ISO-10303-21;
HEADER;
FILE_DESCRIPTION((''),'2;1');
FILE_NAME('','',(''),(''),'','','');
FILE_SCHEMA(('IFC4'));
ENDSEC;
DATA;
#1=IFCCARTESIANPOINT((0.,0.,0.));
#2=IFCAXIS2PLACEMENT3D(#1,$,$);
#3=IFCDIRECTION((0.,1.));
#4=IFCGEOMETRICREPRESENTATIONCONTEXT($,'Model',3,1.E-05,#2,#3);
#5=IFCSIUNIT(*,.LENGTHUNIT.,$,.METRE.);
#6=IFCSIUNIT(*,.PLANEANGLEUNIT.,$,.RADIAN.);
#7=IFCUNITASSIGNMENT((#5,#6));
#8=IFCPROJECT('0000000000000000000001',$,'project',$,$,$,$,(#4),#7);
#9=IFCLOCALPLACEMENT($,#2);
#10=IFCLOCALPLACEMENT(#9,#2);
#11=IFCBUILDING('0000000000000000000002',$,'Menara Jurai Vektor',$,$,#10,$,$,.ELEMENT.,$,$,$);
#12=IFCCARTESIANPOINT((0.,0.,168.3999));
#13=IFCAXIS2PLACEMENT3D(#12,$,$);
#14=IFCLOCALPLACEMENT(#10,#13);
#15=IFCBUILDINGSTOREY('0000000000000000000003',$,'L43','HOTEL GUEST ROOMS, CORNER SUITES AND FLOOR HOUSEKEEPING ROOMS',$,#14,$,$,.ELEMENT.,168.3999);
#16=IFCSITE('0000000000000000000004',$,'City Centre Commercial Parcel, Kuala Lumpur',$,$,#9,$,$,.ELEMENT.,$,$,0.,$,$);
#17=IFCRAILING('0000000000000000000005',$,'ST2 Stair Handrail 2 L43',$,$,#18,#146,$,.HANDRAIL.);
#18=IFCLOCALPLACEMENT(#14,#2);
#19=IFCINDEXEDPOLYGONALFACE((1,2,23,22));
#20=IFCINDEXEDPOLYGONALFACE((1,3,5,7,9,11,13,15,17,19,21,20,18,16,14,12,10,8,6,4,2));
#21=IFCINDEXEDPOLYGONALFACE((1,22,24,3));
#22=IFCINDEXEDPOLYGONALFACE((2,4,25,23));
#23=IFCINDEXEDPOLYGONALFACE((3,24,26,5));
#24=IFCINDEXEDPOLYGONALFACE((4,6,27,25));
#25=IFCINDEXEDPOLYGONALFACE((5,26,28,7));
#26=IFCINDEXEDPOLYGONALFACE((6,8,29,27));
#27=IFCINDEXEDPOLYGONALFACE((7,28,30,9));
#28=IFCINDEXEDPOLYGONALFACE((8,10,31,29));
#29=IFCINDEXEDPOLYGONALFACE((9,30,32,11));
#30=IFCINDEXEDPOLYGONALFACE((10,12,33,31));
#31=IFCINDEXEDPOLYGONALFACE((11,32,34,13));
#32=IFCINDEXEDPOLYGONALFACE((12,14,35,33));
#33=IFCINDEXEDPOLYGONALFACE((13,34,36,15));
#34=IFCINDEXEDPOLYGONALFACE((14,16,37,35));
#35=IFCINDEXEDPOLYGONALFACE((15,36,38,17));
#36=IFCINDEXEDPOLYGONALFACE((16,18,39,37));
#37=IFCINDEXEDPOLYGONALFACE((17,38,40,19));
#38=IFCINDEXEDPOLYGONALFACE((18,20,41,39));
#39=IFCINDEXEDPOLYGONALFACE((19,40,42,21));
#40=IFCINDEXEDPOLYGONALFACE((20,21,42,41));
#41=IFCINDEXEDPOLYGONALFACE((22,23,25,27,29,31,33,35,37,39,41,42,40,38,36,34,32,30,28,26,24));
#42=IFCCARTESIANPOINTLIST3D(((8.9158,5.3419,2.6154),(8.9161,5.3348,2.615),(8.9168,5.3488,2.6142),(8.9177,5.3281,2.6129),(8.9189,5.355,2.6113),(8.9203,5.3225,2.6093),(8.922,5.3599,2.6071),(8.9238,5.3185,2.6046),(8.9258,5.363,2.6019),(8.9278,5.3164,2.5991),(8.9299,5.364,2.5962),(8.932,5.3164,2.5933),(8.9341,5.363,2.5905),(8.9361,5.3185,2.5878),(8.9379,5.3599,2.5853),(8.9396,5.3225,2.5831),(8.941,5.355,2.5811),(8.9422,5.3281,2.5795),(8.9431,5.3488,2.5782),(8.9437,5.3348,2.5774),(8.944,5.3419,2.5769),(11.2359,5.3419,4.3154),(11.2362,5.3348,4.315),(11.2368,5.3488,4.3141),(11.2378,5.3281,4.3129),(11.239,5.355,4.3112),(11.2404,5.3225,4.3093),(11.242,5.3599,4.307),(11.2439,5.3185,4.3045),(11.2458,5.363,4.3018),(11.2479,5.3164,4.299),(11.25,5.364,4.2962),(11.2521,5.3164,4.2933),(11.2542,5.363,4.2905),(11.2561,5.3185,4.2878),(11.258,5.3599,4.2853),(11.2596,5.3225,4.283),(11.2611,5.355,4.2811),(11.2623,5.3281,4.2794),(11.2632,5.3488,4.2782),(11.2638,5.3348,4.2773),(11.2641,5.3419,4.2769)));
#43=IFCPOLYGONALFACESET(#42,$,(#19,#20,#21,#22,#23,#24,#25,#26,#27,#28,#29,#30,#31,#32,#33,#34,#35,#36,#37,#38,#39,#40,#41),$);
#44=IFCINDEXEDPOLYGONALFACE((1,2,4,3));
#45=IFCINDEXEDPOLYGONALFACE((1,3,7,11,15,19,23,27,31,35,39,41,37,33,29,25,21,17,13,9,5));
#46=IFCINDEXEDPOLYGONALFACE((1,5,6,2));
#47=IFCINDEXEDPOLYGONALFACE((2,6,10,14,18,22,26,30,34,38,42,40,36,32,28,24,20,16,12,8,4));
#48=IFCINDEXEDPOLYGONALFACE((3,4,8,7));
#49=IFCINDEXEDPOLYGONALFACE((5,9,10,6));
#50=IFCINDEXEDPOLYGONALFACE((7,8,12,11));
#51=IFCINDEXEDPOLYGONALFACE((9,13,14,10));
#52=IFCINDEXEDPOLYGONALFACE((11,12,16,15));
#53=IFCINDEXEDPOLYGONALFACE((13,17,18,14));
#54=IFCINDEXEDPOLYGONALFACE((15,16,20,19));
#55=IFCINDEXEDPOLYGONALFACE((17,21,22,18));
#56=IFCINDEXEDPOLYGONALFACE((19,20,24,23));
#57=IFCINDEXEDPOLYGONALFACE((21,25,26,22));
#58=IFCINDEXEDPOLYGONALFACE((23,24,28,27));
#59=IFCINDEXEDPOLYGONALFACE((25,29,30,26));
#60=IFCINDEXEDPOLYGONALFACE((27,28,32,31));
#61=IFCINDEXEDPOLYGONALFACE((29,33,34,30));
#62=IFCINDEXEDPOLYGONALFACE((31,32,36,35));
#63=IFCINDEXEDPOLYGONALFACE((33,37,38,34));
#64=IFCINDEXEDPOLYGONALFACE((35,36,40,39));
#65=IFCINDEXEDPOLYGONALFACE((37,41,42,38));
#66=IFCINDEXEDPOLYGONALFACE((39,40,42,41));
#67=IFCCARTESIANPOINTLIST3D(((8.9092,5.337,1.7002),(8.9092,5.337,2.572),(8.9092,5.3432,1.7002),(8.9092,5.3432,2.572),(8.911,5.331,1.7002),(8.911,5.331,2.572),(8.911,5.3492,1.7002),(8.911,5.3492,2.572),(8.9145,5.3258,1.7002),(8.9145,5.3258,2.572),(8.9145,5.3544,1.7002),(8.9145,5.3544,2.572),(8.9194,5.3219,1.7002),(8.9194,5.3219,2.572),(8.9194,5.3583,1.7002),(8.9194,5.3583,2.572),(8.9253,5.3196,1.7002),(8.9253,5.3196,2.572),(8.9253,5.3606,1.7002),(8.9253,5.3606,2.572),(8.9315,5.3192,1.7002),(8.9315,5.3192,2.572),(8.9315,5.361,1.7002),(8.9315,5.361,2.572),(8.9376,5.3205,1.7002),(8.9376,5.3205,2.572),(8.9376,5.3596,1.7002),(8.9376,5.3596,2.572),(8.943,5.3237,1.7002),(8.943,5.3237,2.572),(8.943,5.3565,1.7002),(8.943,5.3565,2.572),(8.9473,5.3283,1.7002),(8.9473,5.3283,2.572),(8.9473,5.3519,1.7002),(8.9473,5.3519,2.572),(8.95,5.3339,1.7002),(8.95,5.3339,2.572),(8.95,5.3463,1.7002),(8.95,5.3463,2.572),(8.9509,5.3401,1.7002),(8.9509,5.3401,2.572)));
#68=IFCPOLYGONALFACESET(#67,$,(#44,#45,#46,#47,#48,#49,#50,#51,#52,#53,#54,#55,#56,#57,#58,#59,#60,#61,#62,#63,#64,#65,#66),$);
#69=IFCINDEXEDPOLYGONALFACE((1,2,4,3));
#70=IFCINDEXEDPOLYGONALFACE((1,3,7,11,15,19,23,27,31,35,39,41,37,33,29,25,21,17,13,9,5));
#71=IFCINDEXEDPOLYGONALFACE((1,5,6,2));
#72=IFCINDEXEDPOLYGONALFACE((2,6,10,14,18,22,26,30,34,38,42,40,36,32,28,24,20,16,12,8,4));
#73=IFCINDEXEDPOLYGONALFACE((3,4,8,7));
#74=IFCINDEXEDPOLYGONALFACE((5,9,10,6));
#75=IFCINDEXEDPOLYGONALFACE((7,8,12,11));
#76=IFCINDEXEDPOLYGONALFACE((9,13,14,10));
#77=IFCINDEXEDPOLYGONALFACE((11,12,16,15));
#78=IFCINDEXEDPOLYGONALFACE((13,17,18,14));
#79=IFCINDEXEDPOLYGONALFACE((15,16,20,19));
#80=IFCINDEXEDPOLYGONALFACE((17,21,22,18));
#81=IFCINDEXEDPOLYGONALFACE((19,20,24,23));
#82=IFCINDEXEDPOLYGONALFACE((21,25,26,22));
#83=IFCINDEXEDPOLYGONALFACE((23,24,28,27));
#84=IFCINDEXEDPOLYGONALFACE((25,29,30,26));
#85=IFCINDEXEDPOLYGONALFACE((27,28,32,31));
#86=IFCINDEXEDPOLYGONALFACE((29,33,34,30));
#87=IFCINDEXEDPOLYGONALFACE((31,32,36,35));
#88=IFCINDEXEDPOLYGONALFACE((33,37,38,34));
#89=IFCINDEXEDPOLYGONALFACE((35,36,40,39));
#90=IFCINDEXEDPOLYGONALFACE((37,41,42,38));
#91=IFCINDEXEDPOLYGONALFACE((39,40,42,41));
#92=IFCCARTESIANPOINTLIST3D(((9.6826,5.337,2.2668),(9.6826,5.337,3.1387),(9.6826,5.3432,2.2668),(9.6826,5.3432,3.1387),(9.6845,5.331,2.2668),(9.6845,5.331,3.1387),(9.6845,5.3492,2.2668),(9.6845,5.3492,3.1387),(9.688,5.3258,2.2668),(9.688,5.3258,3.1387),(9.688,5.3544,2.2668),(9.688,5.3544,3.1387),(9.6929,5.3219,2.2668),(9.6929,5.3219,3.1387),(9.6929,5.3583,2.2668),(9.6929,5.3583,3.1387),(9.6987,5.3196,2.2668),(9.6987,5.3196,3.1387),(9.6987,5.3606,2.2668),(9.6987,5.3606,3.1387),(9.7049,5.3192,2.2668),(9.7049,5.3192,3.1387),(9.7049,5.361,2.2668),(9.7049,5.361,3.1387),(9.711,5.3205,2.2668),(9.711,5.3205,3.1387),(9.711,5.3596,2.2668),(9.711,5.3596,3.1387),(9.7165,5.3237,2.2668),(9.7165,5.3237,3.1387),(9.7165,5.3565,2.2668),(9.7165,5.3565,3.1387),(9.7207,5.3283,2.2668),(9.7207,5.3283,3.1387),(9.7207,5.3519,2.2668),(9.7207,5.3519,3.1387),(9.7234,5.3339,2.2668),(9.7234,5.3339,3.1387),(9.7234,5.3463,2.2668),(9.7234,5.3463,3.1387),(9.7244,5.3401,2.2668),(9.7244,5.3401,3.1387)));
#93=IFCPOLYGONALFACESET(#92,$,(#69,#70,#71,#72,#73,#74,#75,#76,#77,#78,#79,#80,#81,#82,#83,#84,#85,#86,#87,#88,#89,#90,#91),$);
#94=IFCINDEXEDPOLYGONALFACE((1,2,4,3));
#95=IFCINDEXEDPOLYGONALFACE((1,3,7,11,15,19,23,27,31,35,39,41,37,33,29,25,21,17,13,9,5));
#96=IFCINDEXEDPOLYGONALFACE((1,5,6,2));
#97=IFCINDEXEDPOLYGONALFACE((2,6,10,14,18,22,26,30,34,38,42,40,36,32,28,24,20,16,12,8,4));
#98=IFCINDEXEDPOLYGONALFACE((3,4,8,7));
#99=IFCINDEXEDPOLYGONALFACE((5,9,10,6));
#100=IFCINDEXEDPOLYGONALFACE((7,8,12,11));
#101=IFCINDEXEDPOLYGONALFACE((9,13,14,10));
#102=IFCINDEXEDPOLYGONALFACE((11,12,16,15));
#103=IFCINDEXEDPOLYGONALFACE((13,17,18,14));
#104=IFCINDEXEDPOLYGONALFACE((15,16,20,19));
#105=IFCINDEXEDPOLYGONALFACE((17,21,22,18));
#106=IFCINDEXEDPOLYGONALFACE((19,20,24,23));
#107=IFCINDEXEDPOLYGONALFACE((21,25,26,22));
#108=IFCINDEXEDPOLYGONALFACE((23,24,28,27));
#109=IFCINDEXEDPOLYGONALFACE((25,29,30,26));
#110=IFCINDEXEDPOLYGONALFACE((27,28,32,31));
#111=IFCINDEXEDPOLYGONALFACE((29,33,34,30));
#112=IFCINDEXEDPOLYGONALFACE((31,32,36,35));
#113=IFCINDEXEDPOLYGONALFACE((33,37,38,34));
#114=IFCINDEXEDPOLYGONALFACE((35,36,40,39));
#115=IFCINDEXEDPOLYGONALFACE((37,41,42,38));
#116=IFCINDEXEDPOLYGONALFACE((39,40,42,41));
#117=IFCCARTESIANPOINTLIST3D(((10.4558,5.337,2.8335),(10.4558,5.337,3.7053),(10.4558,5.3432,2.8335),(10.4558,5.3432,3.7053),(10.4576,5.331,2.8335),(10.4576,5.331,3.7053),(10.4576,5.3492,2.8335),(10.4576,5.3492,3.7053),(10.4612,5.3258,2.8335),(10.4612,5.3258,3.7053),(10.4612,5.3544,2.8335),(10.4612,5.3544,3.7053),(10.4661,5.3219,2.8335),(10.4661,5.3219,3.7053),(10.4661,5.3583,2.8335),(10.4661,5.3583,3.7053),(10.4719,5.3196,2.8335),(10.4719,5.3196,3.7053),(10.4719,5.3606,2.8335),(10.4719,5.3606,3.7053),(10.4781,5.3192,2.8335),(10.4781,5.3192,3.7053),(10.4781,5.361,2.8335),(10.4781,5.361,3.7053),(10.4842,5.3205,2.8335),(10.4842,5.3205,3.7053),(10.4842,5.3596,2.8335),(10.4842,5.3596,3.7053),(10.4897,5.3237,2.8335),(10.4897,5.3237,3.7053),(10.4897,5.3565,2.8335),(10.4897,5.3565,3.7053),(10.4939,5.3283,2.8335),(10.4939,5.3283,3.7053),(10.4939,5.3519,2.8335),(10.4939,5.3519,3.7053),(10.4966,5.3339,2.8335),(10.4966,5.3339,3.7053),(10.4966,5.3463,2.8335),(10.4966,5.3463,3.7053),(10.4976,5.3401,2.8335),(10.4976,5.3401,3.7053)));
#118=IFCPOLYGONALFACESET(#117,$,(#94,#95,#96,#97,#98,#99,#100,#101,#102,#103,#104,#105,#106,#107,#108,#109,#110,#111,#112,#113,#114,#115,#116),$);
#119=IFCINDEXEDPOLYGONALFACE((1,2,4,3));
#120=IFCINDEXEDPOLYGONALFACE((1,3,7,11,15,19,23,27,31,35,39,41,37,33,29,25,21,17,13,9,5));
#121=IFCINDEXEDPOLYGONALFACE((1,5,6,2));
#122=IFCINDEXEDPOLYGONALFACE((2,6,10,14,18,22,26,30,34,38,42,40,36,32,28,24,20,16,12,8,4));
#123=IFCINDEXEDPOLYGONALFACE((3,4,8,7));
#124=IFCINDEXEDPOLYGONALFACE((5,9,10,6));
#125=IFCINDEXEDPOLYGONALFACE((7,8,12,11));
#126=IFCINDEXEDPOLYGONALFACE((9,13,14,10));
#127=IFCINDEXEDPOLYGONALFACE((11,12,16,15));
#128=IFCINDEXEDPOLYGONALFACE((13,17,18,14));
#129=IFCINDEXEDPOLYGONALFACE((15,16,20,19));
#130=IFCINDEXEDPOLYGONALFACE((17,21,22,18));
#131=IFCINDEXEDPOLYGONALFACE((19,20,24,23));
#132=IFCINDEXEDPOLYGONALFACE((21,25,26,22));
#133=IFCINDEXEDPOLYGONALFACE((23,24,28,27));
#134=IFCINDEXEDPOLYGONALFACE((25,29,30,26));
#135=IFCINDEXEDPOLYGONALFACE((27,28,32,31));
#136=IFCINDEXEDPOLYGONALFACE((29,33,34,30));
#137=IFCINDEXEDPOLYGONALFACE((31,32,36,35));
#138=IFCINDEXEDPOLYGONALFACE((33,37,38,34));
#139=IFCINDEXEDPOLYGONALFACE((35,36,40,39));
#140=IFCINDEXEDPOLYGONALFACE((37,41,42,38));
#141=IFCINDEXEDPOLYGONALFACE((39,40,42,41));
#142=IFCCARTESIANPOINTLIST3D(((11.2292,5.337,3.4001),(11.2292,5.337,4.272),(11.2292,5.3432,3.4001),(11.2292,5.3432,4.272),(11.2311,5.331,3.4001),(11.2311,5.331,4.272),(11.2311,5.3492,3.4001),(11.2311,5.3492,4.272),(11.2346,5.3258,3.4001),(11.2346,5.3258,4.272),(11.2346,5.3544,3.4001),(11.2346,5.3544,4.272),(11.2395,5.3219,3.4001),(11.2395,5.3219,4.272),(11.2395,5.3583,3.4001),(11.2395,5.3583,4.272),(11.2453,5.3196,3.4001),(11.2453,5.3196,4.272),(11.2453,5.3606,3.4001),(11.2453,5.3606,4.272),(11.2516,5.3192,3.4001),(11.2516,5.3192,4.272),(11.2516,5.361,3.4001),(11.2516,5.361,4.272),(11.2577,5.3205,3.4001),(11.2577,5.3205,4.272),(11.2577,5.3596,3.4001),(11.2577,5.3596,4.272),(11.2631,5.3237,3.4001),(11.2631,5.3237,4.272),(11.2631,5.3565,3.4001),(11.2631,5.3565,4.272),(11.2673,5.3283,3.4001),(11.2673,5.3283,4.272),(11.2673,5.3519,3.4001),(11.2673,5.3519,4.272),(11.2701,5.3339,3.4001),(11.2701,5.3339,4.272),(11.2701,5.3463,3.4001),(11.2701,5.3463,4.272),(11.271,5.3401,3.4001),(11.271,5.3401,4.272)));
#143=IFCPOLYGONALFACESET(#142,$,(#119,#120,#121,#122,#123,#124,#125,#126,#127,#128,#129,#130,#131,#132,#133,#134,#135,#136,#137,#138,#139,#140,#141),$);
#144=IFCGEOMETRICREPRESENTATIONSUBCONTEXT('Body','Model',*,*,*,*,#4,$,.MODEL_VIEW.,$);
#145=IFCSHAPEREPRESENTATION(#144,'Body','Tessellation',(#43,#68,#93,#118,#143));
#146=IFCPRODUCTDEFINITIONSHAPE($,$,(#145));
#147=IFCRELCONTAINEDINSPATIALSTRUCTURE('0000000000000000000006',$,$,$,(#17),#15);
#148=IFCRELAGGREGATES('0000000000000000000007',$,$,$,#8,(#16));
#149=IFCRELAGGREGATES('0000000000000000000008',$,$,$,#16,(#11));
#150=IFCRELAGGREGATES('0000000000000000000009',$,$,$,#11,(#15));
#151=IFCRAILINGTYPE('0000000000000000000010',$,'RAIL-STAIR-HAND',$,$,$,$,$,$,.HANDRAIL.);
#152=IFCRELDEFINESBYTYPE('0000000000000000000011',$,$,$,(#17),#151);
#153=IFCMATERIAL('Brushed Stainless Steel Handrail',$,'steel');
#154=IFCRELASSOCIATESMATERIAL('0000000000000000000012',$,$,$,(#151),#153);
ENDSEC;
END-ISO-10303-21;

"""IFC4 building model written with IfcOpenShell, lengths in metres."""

from ifc_helpers import new_model, si_unit, direction, frame, origin, origin_2d, place, context, subcontext, project, spatial, circle, extrude, material, type_object, element, save


model = new_model("IFC4")

# Units and contexts
model_context = context("Model", 3, precision=1e-05, world=origin(), true_north=direction((0.0, 1.0)))
body_context = subcontext(model_context, "Body", "Model", "MODEL_VIEW")
ifc_project = project(units=[si_unit("LENGTHUNIT", "METRE"), si_unit("PLANEANGLEUNIT", "RADIAN")], contexts=[model_context])

# Site, building, storey
site_placement = place(None, origin())
site = spatial("IfcSite", under=ifc_project, at=site_placement, Name="City Centre Commercial Parcel, Kuala Lumpur", CompositionType="ELEMENT", RefElevation=0.0)
building_placement = place(site_placement, origin())
building = spatial("IfcBuilding", under=site, at=building_placement, Name="Menara Jurai Vektor", CompositionType="ELEMENT")
storey_placement = place(building_placement, frame((0.0, 0.0, 168.3999)))
storey = spatial("IfcBuildingStorey", under=building, at=storey_placement, Name="L43", Description="HOTEL GUEST ROOMS, CORNER SUITES AND FLOOR HOUSEKEEPING ROOMS", CompositionType="ELEMENT", Elevation=168.3999)

# Railing
ifc_material_1 = material(Name="Brushed Stainless Steel Handrail", Category="steel")
railing_type_1 = type_object("IfcRailingType", Name="RAIL-STAIR-HAND", PredefinedType="HANDRAIL", material=ifc_material_1)
railing_1_placement = place(storey_placement, frame((8.9299, 5.3401, 1.7002)))
element("IfcRailing", 1, at=railing_1_placement, inside=storey, type_object=railing_type_1, Name="ST2 Stair Handrail 2 L43", PredefinedType="HANDRAIL", context=body_context, shape_type="SweptSolid", body=[
    extrude(circle(Radius=0.0239, at=origin_2d()), frame((0.0, 0.0, 0.896), z_axis=(0.806642, 0.0, 0.59104), x_axis=(0.0, 1.0, 0.0)), (0.0, 0.0, 1.0), 2.8762),
    extrude(circle(Radius=0.021, at=origin_2d()), origin(), (0.0, 0.0, 1.0), 0.8718),
    extrude(circle(Radius=0.021, at=origin_2d()), frame((0.7734, 0.0, 0.5667)), (0.0, 0.0, 1.0), 0.8718),
    extrude(circle(Radius=0.021, at=origin_2d()), frame((1.5466, 0.0, 1.1333)), (0.0, 0.0, 1.0), 0.8718),
    extrude(circle(Radius=0.021, at=origin_2d()), frame((2.3201, 0.0, 1.7)), (0.0, 0.0, 1.0), 0.8718),
])

save(model, "model.ifc")
